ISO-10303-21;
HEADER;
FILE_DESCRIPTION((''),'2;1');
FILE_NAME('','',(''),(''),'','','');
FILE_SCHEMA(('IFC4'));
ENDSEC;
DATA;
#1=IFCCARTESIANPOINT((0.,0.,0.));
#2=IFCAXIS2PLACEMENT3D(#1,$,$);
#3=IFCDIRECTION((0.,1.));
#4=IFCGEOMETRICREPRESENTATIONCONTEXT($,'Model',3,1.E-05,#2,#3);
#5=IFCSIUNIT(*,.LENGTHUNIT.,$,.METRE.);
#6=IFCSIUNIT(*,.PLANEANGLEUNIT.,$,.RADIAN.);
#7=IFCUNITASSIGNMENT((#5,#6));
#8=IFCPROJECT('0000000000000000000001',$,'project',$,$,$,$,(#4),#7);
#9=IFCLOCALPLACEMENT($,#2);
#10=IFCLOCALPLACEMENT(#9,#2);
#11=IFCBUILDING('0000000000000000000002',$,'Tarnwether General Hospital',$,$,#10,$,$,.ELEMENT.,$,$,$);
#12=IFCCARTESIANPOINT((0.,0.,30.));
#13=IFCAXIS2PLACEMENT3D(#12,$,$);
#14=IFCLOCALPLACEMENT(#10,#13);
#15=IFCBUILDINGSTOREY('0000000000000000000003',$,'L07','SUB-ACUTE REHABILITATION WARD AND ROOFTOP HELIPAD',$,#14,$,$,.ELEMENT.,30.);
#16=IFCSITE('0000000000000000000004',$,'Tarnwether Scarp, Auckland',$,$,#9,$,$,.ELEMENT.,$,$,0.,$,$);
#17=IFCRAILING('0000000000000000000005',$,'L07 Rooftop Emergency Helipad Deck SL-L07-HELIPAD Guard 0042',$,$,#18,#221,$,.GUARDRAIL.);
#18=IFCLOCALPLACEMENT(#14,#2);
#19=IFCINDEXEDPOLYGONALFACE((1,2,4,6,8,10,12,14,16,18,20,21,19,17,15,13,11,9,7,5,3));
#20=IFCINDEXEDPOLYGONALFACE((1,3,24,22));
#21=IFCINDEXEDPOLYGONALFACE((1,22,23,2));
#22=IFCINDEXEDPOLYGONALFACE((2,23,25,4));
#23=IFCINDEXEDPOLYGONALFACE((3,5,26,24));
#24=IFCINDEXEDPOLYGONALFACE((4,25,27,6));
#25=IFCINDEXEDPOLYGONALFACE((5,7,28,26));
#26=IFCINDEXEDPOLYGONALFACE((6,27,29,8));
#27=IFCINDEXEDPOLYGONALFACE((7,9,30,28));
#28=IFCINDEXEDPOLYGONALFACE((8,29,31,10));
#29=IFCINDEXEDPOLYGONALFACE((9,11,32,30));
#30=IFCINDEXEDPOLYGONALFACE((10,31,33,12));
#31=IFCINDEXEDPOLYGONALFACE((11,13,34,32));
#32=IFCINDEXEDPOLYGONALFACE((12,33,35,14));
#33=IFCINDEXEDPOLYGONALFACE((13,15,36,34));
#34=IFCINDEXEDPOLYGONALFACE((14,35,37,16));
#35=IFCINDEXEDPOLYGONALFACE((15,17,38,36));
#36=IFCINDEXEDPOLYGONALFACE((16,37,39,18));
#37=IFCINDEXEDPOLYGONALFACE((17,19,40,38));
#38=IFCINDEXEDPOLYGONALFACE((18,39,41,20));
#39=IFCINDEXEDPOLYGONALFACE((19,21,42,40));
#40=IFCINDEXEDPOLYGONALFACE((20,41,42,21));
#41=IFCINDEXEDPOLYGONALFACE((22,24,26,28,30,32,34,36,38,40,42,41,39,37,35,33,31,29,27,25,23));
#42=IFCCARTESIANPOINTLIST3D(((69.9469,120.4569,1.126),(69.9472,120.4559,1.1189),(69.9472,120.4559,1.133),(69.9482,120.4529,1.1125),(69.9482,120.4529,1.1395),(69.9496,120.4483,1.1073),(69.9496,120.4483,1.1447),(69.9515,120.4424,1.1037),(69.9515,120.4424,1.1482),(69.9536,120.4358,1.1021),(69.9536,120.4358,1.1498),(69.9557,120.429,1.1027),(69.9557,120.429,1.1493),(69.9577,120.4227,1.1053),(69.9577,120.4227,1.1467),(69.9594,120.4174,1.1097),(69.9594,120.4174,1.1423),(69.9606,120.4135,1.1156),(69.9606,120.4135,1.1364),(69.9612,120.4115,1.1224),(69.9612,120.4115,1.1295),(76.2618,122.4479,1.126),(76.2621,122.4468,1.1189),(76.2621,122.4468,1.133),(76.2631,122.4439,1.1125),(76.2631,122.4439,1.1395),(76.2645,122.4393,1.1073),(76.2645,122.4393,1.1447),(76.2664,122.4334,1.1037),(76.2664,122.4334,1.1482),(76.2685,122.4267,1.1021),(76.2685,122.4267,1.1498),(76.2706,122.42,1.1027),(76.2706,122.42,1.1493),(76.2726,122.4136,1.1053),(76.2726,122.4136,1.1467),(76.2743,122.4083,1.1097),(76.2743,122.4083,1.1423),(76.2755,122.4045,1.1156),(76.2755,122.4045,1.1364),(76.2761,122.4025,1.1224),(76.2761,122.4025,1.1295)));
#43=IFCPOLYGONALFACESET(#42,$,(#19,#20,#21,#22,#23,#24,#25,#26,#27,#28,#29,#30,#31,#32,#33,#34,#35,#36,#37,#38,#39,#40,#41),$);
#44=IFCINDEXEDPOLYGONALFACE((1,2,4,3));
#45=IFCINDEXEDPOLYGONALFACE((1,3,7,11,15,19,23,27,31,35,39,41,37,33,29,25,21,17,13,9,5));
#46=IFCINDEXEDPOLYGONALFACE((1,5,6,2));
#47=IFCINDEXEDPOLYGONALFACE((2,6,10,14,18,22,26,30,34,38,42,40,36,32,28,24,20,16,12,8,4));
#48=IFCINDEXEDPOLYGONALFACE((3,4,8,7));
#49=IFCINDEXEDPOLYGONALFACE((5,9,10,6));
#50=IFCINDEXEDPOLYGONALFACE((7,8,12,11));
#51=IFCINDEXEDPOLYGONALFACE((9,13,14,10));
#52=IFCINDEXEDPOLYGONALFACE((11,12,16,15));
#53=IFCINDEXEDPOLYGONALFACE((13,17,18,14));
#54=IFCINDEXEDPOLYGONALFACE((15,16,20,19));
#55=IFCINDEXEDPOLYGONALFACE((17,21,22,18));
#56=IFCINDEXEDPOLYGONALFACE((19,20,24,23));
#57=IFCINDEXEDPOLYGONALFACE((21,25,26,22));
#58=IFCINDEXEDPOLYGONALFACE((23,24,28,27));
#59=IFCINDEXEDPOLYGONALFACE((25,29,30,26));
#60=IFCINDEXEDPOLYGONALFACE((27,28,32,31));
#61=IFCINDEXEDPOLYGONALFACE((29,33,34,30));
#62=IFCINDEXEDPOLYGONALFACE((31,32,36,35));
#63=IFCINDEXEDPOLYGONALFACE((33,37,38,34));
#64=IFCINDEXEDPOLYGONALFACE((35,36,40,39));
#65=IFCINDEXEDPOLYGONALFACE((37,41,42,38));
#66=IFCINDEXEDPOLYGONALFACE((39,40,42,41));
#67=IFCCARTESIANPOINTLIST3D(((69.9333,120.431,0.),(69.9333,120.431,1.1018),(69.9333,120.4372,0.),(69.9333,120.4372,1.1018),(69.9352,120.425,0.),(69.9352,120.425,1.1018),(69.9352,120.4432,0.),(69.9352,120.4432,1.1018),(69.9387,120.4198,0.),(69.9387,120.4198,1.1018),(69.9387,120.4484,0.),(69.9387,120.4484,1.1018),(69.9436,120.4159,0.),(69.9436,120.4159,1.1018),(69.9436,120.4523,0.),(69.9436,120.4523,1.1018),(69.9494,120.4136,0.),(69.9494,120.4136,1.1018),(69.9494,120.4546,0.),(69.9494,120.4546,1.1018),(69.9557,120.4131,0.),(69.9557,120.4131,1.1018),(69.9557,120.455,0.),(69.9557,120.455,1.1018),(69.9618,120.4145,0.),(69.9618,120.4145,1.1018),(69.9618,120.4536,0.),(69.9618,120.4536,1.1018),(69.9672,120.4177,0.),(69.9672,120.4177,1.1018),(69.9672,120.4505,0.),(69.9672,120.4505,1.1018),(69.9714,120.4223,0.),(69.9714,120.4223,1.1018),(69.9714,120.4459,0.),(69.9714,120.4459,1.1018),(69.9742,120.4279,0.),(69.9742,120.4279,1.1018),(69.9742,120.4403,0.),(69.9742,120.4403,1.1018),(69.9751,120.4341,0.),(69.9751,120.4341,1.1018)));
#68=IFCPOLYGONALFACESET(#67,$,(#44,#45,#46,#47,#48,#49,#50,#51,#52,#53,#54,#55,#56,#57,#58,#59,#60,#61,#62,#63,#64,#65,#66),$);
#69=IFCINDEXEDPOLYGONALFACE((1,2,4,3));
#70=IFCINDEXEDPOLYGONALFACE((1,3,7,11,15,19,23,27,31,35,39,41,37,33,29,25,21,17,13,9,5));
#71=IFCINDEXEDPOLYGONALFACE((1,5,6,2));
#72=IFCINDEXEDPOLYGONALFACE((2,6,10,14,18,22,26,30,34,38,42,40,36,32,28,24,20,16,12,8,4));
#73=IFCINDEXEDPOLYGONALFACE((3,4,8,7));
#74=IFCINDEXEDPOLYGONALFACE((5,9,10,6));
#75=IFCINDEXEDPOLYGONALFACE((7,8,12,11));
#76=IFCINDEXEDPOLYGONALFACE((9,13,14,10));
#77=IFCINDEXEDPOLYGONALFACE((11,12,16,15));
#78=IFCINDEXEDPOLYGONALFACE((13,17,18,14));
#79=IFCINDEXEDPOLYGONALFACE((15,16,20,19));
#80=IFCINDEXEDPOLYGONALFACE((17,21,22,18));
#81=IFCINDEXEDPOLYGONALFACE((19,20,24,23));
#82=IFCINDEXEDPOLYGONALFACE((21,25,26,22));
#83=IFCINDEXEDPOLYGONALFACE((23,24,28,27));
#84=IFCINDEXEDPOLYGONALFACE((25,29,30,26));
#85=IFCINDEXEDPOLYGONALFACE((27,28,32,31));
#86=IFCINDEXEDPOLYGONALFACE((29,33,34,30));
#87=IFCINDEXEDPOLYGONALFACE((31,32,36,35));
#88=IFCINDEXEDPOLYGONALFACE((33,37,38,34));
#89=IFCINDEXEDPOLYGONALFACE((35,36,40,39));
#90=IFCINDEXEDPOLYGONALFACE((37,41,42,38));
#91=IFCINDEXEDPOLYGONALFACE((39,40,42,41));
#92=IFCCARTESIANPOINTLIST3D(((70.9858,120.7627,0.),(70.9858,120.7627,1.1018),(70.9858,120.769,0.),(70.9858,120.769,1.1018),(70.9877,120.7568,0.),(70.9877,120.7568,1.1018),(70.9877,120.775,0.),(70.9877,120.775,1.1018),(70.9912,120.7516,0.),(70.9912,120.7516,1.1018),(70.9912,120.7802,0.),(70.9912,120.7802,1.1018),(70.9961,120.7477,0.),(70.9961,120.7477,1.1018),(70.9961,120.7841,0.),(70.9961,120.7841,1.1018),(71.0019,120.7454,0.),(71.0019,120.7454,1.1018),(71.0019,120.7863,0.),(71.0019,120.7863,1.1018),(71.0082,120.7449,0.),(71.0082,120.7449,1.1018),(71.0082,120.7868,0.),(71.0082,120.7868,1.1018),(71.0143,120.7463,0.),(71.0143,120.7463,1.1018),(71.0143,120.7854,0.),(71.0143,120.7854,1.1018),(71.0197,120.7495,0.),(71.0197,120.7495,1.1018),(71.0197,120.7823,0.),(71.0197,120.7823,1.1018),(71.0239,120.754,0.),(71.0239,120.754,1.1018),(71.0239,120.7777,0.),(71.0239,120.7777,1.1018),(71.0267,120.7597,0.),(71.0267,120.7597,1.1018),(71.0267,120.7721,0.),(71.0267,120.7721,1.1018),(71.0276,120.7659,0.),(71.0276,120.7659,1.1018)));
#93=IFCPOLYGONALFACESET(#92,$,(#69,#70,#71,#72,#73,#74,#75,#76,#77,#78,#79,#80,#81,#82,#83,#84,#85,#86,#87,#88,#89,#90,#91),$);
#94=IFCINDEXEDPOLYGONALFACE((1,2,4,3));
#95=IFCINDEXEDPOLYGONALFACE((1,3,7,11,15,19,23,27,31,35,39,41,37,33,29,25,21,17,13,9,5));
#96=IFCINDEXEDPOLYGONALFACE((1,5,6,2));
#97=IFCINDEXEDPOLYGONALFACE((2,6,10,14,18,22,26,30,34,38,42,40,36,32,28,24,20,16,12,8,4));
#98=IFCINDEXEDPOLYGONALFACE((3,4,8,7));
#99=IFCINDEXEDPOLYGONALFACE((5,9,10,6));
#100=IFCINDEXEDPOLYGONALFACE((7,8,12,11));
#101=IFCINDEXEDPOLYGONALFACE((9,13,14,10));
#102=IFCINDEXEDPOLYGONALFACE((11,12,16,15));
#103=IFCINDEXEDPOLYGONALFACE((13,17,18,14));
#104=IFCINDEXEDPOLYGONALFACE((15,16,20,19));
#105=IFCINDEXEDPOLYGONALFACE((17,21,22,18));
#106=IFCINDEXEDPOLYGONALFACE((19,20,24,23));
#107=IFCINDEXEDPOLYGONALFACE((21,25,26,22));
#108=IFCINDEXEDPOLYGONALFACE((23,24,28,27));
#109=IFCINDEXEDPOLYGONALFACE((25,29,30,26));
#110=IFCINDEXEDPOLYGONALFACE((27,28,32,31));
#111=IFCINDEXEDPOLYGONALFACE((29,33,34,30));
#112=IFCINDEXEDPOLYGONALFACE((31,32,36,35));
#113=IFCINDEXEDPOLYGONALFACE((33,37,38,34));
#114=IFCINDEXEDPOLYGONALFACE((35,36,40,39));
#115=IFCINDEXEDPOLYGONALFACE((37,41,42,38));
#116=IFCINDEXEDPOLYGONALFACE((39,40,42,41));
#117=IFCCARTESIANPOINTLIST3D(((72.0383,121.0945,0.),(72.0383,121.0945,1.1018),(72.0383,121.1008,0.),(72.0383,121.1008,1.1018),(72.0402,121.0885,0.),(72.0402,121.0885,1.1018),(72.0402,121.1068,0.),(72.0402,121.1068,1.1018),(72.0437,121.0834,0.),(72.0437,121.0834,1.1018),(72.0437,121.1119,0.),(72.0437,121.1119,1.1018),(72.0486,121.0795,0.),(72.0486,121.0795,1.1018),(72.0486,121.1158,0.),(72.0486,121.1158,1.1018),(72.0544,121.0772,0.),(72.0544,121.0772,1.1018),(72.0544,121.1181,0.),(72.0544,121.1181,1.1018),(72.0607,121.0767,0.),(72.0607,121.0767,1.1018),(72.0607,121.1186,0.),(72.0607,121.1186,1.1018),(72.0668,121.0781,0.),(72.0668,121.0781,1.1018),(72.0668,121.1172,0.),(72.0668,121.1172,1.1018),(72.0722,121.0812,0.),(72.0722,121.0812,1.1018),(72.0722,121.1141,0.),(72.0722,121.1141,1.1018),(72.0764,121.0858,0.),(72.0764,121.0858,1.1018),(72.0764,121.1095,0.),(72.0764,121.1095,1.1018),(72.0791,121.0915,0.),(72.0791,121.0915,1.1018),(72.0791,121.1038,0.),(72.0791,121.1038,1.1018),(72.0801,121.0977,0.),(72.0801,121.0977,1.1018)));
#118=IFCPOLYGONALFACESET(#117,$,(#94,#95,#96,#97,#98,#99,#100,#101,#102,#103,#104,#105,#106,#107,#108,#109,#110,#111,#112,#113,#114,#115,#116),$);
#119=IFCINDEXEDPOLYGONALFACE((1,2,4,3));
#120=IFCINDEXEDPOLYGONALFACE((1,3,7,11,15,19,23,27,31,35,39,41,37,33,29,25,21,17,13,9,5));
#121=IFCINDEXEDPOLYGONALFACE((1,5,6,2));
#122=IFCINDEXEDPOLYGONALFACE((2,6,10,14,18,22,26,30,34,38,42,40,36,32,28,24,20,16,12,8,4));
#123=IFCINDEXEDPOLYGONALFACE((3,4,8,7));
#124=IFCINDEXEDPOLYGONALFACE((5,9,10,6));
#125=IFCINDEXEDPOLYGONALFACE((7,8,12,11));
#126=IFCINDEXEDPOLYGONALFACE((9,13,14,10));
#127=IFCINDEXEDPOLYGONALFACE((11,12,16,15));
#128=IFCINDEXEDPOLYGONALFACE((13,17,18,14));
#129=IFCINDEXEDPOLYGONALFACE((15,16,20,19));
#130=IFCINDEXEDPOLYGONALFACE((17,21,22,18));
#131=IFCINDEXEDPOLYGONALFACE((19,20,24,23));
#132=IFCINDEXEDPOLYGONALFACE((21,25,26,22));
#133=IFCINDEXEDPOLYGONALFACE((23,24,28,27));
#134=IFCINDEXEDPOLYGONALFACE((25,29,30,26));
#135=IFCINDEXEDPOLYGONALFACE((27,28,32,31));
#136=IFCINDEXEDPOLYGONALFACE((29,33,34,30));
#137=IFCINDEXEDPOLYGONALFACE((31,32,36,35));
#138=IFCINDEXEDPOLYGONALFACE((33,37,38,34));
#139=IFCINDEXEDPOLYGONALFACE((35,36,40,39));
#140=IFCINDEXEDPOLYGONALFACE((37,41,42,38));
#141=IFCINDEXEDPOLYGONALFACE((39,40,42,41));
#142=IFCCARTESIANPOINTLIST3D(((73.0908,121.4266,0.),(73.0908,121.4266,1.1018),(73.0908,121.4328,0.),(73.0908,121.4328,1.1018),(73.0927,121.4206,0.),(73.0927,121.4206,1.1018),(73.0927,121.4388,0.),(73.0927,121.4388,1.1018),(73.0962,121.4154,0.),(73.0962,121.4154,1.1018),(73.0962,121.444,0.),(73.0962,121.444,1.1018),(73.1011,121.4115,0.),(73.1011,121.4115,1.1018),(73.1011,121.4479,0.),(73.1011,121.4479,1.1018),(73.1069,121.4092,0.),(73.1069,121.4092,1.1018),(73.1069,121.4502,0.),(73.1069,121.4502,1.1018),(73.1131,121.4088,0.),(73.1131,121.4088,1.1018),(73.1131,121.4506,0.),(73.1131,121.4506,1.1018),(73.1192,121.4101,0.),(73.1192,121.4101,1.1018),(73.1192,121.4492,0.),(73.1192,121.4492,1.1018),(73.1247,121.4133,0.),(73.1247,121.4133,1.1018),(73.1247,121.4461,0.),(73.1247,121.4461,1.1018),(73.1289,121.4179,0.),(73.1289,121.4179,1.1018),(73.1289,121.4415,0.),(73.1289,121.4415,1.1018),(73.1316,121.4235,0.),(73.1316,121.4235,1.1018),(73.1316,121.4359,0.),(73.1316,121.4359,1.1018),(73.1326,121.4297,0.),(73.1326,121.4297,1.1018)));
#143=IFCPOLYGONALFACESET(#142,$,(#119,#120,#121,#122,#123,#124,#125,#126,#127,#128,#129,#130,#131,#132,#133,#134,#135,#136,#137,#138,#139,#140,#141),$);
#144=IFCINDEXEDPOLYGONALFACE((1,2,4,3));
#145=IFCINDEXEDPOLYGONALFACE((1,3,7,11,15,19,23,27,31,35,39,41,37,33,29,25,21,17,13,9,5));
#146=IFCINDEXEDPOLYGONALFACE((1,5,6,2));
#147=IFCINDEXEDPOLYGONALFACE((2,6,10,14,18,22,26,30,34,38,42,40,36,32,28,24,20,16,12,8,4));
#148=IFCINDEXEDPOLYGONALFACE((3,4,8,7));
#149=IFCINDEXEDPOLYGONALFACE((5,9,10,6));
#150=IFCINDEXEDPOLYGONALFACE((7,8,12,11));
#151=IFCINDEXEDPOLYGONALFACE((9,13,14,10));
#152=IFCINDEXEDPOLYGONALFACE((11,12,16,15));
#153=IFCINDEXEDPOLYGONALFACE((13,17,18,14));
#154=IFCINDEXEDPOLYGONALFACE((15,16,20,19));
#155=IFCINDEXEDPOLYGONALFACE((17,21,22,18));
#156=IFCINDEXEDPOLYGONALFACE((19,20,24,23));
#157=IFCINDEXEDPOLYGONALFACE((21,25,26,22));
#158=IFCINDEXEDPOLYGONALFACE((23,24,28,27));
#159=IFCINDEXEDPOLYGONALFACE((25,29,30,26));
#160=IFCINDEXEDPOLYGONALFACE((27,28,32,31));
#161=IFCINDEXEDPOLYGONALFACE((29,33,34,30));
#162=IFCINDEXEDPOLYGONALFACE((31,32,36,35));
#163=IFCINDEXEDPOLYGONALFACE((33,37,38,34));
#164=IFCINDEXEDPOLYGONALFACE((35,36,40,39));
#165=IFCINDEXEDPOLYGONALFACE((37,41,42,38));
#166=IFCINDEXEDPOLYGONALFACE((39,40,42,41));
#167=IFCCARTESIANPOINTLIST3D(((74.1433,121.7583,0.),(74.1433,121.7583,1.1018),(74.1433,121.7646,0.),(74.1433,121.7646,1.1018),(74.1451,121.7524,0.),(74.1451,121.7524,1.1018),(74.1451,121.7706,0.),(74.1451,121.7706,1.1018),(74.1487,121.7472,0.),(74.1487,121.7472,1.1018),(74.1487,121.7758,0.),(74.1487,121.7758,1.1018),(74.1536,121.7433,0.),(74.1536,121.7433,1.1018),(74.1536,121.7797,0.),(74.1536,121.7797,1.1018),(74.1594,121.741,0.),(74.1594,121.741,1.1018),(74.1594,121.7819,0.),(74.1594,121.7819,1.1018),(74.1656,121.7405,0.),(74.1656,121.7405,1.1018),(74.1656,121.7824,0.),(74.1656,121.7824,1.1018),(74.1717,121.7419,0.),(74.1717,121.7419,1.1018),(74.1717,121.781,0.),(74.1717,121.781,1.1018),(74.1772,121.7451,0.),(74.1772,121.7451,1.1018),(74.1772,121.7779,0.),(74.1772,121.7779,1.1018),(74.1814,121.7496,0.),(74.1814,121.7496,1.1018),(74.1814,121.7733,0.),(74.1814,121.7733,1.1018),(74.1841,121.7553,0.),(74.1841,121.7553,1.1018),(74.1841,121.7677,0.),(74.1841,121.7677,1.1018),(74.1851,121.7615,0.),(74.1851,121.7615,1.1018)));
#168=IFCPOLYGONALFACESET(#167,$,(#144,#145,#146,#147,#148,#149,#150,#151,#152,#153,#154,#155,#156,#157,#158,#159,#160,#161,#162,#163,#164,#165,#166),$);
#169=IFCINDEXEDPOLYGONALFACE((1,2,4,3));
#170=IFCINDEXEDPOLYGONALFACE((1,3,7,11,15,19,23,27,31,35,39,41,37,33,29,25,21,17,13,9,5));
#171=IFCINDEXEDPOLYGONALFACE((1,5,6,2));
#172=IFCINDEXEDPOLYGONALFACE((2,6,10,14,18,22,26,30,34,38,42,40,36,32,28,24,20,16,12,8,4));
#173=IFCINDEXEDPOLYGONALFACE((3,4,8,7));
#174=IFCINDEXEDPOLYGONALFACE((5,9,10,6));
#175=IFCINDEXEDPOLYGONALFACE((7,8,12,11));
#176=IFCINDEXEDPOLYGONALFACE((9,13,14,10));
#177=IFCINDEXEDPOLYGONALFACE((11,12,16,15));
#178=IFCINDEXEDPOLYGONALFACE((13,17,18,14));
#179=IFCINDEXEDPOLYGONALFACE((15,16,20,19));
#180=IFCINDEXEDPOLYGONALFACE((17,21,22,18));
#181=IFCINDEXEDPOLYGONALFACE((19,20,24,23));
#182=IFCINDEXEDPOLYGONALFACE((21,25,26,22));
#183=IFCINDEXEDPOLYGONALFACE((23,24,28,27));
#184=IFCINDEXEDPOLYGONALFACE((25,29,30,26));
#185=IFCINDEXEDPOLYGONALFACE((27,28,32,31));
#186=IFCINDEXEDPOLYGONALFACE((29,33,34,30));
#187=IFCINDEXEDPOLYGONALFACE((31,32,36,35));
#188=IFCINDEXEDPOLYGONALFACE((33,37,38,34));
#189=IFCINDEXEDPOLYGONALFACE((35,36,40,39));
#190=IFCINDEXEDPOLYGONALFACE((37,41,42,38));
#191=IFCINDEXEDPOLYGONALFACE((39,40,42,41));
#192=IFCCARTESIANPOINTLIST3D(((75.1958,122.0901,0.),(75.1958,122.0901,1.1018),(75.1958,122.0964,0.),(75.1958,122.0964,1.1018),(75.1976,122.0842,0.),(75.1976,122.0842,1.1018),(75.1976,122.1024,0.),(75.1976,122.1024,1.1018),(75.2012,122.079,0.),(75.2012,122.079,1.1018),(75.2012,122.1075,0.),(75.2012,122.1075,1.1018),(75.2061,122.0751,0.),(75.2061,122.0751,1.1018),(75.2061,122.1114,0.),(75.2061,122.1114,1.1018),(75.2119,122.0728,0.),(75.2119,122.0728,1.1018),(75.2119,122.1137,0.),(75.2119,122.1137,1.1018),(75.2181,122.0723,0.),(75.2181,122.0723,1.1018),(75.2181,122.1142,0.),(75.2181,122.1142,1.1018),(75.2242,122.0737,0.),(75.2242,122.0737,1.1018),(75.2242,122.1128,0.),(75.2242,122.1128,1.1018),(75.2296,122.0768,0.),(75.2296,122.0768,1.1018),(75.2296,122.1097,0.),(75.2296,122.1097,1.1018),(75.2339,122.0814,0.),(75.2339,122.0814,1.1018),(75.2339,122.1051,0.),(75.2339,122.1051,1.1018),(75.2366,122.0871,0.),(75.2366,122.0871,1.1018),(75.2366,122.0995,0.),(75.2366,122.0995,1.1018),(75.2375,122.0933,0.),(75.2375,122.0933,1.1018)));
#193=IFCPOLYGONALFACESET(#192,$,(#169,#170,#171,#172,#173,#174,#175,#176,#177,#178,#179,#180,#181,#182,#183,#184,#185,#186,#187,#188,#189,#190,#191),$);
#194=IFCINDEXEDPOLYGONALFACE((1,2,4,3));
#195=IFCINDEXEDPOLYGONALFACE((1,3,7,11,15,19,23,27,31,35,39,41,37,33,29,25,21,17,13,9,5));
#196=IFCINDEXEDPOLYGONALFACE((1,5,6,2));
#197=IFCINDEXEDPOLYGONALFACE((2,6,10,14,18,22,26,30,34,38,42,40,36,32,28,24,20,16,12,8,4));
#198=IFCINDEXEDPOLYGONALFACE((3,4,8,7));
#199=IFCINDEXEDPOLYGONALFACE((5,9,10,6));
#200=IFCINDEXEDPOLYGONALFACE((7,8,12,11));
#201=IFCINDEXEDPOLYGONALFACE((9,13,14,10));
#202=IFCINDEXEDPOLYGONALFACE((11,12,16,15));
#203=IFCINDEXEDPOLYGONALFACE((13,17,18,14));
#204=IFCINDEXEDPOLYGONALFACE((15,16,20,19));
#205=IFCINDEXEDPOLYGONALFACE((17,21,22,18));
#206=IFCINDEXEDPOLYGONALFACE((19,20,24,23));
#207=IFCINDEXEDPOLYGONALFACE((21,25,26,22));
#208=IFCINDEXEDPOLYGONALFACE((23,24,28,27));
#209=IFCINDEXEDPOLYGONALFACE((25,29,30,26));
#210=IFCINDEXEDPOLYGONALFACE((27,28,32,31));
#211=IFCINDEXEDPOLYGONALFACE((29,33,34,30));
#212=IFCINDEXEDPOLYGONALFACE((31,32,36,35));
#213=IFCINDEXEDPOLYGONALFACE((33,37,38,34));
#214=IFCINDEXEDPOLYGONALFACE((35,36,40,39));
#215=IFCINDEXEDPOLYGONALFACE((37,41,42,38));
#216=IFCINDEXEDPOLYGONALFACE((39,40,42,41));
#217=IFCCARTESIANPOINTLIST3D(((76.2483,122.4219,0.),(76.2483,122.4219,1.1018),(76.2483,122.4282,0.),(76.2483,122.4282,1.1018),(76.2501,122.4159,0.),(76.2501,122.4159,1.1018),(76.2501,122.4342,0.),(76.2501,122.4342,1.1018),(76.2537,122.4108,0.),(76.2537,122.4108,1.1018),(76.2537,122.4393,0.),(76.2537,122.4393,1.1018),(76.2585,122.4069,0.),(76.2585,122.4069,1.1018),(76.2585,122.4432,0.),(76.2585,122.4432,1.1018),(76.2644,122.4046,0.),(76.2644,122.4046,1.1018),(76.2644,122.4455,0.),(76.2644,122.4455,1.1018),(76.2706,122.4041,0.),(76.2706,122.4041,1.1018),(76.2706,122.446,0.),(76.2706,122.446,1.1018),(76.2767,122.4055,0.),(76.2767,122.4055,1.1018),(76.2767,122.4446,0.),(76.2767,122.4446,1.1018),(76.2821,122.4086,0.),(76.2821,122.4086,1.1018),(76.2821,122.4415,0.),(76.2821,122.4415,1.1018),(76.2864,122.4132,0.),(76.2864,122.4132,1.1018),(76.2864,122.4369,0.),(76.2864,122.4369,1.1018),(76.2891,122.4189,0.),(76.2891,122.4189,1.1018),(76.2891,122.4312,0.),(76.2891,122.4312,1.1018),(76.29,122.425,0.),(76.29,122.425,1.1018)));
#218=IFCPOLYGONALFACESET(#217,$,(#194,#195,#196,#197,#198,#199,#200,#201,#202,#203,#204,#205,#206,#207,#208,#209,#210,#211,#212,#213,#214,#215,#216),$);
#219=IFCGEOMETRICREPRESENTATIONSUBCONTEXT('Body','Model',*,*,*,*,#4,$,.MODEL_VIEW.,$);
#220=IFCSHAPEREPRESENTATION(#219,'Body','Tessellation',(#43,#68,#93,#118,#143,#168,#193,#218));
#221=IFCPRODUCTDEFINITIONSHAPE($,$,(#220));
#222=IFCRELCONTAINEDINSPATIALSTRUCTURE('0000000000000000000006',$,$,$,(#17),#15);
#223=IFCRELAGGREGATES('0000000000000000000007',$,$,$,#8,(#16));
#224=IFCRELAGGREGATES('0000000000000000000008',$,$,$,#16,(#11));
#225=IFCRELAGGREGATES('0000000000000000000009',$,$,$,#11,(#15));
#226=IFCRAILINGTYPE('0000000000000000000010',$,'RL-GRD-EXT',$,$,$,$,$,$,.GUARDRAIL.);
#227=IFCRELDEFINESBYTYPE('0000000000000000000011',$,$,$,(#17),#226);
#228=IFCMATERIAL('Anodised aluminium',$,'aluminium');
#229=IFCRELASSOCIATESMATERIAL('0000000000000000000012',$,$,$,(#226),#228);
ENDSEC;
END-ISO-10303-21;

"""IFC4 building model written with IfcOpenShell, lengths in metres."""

from ifc_helpers import new_model, si_unit, direction, frame, origin, origin_2d, place, context, subcontext, project, spatial, circle, extrude, material, type_object, element, save


model = new_model("IFC4")

# Units and contexts
model_context = context("Model", 3, precision=1e-05, world=origin(), true_north=direction((0.0, 1.0)))
body_context = subcontext(model_context, "Body", "Model", "MODEL_VIEW")
ifc_project = project(units=[si_unit("LENGTHUNIT", "METRE"), si_unit("PLANEANGLEUNIT", "RADIAN")], contexts=[model_context])

# Site, building, storey
site_placement = place(None, origin())
site = spatial("IfcSite", under=ifc_project, at=site_placement, Name="Tarnwether Scarp, Auckland", CompositionType="ELEMENT", RefElevation=0.0)
building_placement = place(site_placement, origin())
building = spatial("IfcBuilding", under=site, at=building_placement, Name="Tarnwether General Hospital", CompositionType="ELEMENT")
storey_placement = place(building_placement, frame((0.0, 0.0, 30.0)))
storey = spatial("IfcBuildingStorey", under=building, at=storey_placement, Name="L07", Description="SUB-ACUTE REHABILITATION WARD AND ROOFTOP HELIPAD", CompositionType="ELEMENT", Elevation=30.0)

# Railing
ifc_material_1 = material(Name="Anodised aluminium", Category="aluminium")
railing_type = type_object("IfcRailingType", Name="RL-GRD-EXT", PredefinedType="GUARDRAIL", material=ifc_material_1)
railing_1_placement = place(storey_placement, frame((69.9541, 120.4341, 0.0)))
element("IfcRailing", 1, at=railing_1_placement, inside=storey, type_object=railing_type, Name="L07 Rooftop Emergency Helipad Deck SL-L07-HELIPAD Guard 0042", PredefinedType="GUARDRAIL", context=body_context, shape_type="SweptSolid", body=[
    extrude(circle(Radius=0.0239, at=origin_2d()), frame((0.0, 0.0, 1.126), z_axis=(0.953722, 0.300688, 0.0), x_axis=(-0.300688, 0.953722, 0.0)), (0.0, 0.0, 1.0), 6.6213),
    extrude(circle(Radius=0.021, at=origin_2d()), origin(), (0.0, 0.0, 1.0), 1.1018),
    extrude(circle(Radius=0.021, at=origin_2d()), frame((1.0525, 0.3318, 0.0)), (0.0, 0.0, 1.0), 1.1018),
    extrude(circle(Radius=0.021, at=origin_2d()), frame((2.105, 0.6636, 0.0)), (0.0, 0.0, 1.0), 1.1018),
    extrude(circle(Radius=0.021, at=origin_2d()), frame((3.1575, 0.9956, 0.0)), (0.0, 0.0, 1.0), 1.1018),
    extrude(circle(Radius=0.021, at=origin_2d()), frame((4.21, 1.3274, 0.0)), (0.0, 0.0, 1.0), 1.1018),
    extrude(circle(Radius=0.021, at=origin_2d()), frame((5.2625, 1.6592, 0.0)), (0.0, 0.0, 1.0), 1.1018),
    extrude(circle(Radius=0.021, at=origin_2d()), frame((6.3149, 1.991, 0.0)), (0.0, 0.0, 1.0), 1.1018),
])

save(model, "model.ifc")
